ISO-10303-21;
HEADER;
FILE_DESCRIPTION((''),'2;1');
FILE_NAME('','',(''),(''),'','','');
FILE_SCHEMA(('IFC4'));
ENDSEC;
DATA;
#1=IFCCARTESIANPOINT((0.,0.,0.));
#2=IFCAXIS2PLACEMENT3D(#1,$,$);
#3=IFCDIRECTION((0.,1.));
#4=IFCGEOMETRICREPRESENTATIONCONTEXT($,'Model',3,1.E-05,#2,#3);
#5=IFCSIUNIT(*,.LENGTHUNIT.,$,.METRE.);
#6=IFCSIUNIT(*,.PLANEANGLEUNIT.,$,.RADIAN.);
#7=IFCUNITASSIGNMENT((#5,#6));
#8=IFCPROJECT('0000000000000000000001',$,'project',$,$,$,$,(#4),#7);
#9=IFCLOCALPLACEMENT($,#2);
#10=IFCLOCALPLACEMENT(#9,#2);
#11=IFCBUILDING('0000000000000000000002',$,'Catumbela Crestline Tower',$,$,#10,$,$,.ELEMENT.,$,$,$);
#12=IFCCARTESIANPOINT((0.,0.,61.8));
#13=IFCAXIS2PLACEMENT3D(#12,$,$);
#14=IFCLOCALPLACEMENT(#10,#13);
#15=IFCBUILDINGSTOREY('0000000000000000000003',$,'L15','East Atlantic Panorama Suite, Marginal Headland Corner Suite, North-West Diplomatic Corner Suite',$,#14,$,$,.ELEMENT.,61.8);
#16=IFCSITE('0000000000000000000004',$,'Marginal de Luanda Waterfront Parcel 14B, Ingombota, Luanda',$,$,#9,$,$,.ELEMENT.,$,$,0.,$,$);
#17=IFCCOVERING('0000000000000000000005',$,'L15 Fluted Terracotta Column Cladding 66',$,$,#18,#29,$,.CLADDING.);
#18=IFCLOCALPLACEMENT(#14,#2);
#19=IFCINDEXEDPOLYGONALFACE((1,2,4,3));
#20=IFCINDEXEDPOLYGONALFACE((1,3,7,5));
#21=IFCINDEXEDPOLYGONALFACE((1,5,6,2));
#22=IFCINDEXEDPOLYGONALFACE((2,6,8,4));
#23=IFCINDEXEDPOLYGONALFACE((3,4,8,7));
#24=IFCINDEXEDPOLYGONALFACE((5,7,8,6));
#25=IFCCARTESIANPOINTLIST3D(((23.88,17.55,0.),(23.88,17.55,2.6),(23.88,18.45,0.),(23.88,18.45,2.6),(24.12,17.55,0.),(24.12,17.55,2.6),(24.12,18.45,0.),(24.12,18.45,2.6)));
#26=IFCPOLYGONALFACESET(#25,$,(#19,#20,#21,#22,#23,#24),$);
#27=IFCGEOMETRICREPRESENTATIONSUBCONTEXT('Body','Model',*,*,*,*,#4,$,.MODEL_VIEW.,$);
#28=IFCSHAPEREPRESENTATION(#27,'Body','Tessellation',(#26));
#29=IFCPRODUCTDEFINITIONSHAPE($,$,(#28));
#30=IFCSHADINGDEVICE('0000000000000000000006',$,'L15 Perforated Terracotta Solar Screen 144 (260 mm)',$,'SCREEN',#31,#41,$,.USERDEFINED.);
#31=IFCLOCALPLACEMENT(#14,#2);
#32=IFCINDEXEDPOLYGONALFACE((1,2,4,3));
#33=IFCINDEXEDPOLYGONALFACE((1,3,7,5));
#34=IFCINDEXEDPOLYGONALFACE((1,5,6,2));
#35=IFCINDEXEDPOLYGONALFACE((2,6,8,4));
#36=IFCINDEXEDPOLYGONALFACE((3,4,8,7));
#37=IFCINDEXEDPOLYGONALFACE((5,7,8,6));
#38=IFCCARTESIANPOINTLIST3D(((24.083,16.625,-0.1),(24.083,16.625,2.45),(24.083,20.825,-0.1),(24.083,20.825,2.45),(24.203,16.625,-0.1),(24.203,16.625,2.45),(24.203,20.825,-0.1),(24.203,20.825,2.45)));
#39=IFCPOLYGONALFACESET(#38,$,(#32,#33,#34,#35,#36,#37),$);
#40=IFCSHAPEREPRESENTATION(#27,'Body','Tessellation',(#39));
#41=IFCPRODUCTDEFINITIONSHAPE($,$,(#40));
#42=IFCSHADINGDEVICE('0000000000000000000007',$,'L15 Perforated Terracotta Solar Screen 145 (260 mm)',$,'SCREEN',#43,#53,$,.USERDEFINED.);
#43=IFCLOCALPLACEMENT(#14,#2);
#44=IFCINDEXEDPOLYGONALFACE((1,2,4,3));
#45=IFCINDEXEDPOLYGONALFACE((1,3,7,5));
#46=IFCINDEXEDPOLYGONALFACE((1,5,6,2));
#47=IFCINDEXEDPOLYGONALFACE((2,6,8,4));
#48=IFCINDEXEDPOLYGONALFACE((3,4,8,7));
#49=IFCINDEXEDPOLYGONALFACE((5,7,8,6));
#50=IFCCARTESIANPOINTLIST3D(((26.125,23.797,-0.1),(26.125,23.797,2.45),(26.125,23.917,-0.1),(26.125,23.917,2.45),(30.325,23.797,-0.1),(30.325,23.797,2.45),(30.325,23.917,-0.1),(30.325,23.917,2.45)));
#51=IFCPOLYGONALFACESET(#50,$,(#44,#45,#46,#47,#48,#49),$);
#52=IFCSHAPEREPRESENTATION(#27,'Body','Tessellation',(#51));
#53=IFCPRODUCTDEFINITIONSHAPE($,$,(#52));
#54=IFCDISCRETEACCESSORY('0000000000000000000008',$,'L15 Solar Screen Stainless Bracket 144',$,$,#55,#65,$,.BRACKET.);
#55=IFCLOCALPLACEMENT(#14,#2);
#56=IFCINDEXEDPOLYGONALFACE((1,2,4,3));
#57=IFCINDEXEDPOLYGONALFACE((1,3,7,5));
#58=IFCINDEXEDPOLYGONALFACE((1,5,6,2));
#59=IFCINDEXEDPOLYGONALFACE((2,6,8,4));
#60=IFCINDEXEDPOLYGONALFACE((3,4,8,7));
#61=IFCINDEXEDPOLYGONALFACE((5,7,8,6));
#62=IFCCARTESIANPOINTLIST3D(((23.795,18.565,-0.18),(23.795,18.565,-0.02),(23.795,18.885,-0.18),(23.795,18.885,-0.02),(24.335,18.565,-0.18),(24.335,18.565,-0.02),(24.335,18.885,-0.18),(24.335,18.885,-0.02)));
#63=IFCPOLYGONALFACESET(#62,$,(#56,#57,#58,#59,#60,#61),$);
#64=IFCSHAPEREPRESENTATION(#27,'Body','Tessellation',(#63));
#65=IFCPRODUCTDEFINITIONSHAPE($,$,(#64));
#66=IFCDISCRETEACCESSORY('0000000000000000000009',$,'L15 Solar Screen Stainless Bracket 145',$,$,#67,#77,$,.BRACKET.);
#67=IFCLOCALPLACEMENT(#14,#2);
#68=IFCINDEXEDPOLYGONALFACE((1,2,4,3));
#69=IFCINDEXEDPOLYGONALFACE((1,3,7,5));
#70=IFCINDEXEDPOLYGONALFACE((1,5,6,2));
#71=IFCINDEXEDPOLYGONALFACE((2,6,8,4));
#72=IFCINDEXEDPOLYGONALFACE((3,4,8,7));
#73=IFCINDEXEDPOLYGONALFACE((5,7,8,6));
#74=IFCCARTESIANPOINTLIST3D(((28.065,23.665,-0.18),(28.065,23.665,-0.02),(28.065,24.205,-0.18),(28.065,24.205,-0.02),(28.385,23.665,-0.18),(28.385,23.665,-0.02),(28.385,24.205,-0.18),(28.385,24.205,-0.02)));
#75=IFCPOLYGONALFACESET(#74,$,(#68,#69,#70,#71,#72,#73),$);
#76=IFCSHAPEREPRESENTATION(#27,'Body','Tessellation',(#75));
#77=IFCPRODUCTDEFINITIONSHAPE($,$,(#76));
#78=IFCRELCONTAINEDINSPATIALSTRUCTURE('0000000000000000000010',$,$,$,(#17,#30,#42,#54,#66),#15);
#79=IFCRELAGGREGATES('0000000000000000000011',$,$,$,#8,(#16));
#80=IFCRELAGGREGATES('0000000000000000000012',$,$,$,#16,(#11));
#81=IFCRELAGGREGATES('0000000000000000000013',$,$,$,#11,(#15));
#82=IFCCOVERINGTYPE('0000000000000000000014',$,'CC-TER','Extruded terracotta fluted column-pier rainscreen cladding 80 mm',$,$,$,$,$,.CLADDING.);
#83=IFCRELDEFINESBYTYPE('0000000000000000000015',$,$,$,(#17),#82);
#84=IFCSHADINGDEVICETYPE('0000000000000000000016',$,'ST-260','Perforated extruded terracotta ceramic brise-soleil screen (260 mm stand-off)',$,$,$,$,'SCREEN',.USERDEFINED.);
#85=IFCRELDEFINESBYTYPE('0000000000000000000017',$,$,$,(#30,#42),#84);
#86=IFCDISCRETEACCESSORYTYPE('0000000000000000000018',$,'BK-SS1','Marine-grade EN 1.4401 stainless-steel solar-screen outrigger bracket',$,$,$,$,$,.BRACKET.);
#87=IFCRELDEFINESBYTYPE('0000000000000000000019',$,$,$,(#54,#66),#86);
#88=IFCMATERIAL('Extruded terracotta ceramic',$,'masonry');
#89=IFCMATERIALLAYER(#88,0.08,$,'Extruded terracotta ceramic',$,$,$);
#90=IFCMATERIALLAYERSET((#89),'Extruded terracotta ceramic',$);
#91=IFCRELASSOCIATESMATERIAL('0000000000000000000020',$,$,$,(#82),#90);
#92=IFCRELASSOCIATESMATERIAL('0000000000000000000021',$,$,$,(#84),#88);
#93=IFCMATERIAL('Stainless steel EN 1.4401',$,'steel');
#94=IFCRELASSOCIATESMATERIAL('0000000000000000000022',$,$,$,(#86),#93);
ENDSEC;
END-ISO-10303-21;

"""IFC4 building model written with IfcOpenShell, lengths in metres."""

from ifc_helpers import new_model, si_unit, direction, frame, origin, origin_2d, place, context, subcontext, project, spatial, rectangle, extrude, material, layer, layer_set, type_object, element, save


model = new_model("IFC4")

# Units and contexts
model_context = context("Model", 3, precision=1e-05, world=origin(), true_north=direction((0.0, 1.0)))
body_context = subcontext(model_context, "Body", "Model", "MODEL_VIEW")
ifc_project = project(units=[si_unit("LENGTHUNIT", "METRE"), si_unit("PLANEANGLEUNIT", "RADIAN")], contexts=[model_context])

# Site, building, storey
site_placement = place(None, origin())
site = spatial("IfcSite", under=ifc_project, at=site_placement, Name="Marginal de Luanda Waterfront Parcel 14B, Ingombota, Luanda", CompositionType="ELEMENT", RefElevation=0.0)
building_placement = place(site_placement, origin())
building = spatial("IfcBuilding", under=site, at=building_placement, Name="Catumbela Crestline Tower", CompositionType="ELEMENT")
storey_placement = place(building_placement, frame((0.0, 0.0, 61.8)))
storey = spatial("IfcBuildingStorey", under=building, at=storey_placement, Name="L15", Description="East Atlantic Panorama Suite, Marginal Headland Corner Suite, North-West Diplomatic Corner Suite", CompositionType="ELEMENT", Elevation=61.8)

# Shared definitions
ifc_material_1 = material(Name="Stainless steel EN 1.4401", Category="steel")

# Covering
ifc_material_2 = material(Name="Extruded terracotta ceramic", Category="masonry")
ifc_layer_1 = layer(ifc_material_2, 0.08, Name="Extruded terracotta ceramic")
ifc_layer_set_1 = layer_set([ifc_layer_1], Name="Extruded terracotta ceramic")
covering_type = type_object("IfcCoveringType", Name="CC-TER", Description="Extruded terracotta fluted column-pier rainscreen cladding 80 mm", PredefinedType="CLADDING", material=ifc_layer_set_1)
covering_placement = place(storey_placement, frame((24.0, 18.0, 0.0), z_axis=(0.0, 0.0, 1.0), x_axis=(0.0, 1.0, 0.0)))
element("IfcCovering", 1, at=covering_placement, inside=storey, type_object=covering_type, Name="L15 Fluted Terracotta Column Cladding 66", PredefinedType="CLADDING", context=body_context, shape_type="SweptSolid", body=[
    extrude(rectangle(XDim=0.9, YDim=0.24, at=origin_2d()), origin(), (0.0, 0.0, 1.0), 2.6),
])

# Shading devices
shading_device_type = type_object("IfcShadingDeviceType", Name="ST-260", Description="Perforated extruded terracotta ceramic brise-soleil screen (260 mm stand-off)", ElementType="SCREEN", PredefinedType="USERDEFINED", material=ifc_material_2)
for number, where, z_axis, x_axis, name in (
    (2, (24.143, 18.725, -0.1), (0.0, 0.0, 1.0), (0.0, 1.0, 0.0), "L15 Perforated Terracotta Solar Screen 144 (260 mm)"),
    (3, (28.225, 23.857, -0.1), (0.0, 0.0, 1.0), (1.0, 0.0, 0.0), "L15 Perforated Terracotta Solar Screen 145 (260 mm)"),
):
    element("IfcShadingDevice", number, at=place(storey_placement, frame(where, z_axis=z_axis, x_axis=x_axis)), inside=storey, type_object=shading_device_type, Name=name, ObjectType="SCREEN", PredefinedType="USERDEFINED", context=body_context, shape_type="SweptSolid", body=[
        extrude(rectangle(XDim=4.2, YDim=0.12, at=origin_2d()), origin(), (0.0, 0.0, 1.0), 2.55),
    ])

# Discrete accessories
discrete_accessory_type = type_object("IfcDiscreteAccessoryType", Name="BK-SS1", Description="Marine-grade EN 1.4401 stainless-steel solar-screen outrigger bracket", PredefinedType="BRACKET", material=ifc_material_1)
for number, where, z_axis, x_axis, name in (
    (4, (24.065, 18.725, -0.18), (0.0, 0.0, 1.0), (0.0, 1.0, 0.0), "L15 Solar Screen Stainless Bracket 144"),
    (5, (28.225, 23.935, -0.18), (0.0, 0.0, 1.0), (1.0, 0.0, 0.0), "L15 Solar Screen Stainless Bracket 145"),
):
    element("IfcDiscreteAccessory", number, at=place(storey_placement, frame(where, z_axis=z_axis, x_axis=x_axis)), inside=storey, type_object=discrete_accessory_type, Name=name, PredefinedType="BRACKET", context=body_context, shape_type="SweptSolid", body=[
        extrude(rectangle(XDim=0.32, YDim=0.54, at=origin_2d()), origin(), (0.0, 0.0, 1.0), 0.16),
    ])

save(model, "model.ifc")
